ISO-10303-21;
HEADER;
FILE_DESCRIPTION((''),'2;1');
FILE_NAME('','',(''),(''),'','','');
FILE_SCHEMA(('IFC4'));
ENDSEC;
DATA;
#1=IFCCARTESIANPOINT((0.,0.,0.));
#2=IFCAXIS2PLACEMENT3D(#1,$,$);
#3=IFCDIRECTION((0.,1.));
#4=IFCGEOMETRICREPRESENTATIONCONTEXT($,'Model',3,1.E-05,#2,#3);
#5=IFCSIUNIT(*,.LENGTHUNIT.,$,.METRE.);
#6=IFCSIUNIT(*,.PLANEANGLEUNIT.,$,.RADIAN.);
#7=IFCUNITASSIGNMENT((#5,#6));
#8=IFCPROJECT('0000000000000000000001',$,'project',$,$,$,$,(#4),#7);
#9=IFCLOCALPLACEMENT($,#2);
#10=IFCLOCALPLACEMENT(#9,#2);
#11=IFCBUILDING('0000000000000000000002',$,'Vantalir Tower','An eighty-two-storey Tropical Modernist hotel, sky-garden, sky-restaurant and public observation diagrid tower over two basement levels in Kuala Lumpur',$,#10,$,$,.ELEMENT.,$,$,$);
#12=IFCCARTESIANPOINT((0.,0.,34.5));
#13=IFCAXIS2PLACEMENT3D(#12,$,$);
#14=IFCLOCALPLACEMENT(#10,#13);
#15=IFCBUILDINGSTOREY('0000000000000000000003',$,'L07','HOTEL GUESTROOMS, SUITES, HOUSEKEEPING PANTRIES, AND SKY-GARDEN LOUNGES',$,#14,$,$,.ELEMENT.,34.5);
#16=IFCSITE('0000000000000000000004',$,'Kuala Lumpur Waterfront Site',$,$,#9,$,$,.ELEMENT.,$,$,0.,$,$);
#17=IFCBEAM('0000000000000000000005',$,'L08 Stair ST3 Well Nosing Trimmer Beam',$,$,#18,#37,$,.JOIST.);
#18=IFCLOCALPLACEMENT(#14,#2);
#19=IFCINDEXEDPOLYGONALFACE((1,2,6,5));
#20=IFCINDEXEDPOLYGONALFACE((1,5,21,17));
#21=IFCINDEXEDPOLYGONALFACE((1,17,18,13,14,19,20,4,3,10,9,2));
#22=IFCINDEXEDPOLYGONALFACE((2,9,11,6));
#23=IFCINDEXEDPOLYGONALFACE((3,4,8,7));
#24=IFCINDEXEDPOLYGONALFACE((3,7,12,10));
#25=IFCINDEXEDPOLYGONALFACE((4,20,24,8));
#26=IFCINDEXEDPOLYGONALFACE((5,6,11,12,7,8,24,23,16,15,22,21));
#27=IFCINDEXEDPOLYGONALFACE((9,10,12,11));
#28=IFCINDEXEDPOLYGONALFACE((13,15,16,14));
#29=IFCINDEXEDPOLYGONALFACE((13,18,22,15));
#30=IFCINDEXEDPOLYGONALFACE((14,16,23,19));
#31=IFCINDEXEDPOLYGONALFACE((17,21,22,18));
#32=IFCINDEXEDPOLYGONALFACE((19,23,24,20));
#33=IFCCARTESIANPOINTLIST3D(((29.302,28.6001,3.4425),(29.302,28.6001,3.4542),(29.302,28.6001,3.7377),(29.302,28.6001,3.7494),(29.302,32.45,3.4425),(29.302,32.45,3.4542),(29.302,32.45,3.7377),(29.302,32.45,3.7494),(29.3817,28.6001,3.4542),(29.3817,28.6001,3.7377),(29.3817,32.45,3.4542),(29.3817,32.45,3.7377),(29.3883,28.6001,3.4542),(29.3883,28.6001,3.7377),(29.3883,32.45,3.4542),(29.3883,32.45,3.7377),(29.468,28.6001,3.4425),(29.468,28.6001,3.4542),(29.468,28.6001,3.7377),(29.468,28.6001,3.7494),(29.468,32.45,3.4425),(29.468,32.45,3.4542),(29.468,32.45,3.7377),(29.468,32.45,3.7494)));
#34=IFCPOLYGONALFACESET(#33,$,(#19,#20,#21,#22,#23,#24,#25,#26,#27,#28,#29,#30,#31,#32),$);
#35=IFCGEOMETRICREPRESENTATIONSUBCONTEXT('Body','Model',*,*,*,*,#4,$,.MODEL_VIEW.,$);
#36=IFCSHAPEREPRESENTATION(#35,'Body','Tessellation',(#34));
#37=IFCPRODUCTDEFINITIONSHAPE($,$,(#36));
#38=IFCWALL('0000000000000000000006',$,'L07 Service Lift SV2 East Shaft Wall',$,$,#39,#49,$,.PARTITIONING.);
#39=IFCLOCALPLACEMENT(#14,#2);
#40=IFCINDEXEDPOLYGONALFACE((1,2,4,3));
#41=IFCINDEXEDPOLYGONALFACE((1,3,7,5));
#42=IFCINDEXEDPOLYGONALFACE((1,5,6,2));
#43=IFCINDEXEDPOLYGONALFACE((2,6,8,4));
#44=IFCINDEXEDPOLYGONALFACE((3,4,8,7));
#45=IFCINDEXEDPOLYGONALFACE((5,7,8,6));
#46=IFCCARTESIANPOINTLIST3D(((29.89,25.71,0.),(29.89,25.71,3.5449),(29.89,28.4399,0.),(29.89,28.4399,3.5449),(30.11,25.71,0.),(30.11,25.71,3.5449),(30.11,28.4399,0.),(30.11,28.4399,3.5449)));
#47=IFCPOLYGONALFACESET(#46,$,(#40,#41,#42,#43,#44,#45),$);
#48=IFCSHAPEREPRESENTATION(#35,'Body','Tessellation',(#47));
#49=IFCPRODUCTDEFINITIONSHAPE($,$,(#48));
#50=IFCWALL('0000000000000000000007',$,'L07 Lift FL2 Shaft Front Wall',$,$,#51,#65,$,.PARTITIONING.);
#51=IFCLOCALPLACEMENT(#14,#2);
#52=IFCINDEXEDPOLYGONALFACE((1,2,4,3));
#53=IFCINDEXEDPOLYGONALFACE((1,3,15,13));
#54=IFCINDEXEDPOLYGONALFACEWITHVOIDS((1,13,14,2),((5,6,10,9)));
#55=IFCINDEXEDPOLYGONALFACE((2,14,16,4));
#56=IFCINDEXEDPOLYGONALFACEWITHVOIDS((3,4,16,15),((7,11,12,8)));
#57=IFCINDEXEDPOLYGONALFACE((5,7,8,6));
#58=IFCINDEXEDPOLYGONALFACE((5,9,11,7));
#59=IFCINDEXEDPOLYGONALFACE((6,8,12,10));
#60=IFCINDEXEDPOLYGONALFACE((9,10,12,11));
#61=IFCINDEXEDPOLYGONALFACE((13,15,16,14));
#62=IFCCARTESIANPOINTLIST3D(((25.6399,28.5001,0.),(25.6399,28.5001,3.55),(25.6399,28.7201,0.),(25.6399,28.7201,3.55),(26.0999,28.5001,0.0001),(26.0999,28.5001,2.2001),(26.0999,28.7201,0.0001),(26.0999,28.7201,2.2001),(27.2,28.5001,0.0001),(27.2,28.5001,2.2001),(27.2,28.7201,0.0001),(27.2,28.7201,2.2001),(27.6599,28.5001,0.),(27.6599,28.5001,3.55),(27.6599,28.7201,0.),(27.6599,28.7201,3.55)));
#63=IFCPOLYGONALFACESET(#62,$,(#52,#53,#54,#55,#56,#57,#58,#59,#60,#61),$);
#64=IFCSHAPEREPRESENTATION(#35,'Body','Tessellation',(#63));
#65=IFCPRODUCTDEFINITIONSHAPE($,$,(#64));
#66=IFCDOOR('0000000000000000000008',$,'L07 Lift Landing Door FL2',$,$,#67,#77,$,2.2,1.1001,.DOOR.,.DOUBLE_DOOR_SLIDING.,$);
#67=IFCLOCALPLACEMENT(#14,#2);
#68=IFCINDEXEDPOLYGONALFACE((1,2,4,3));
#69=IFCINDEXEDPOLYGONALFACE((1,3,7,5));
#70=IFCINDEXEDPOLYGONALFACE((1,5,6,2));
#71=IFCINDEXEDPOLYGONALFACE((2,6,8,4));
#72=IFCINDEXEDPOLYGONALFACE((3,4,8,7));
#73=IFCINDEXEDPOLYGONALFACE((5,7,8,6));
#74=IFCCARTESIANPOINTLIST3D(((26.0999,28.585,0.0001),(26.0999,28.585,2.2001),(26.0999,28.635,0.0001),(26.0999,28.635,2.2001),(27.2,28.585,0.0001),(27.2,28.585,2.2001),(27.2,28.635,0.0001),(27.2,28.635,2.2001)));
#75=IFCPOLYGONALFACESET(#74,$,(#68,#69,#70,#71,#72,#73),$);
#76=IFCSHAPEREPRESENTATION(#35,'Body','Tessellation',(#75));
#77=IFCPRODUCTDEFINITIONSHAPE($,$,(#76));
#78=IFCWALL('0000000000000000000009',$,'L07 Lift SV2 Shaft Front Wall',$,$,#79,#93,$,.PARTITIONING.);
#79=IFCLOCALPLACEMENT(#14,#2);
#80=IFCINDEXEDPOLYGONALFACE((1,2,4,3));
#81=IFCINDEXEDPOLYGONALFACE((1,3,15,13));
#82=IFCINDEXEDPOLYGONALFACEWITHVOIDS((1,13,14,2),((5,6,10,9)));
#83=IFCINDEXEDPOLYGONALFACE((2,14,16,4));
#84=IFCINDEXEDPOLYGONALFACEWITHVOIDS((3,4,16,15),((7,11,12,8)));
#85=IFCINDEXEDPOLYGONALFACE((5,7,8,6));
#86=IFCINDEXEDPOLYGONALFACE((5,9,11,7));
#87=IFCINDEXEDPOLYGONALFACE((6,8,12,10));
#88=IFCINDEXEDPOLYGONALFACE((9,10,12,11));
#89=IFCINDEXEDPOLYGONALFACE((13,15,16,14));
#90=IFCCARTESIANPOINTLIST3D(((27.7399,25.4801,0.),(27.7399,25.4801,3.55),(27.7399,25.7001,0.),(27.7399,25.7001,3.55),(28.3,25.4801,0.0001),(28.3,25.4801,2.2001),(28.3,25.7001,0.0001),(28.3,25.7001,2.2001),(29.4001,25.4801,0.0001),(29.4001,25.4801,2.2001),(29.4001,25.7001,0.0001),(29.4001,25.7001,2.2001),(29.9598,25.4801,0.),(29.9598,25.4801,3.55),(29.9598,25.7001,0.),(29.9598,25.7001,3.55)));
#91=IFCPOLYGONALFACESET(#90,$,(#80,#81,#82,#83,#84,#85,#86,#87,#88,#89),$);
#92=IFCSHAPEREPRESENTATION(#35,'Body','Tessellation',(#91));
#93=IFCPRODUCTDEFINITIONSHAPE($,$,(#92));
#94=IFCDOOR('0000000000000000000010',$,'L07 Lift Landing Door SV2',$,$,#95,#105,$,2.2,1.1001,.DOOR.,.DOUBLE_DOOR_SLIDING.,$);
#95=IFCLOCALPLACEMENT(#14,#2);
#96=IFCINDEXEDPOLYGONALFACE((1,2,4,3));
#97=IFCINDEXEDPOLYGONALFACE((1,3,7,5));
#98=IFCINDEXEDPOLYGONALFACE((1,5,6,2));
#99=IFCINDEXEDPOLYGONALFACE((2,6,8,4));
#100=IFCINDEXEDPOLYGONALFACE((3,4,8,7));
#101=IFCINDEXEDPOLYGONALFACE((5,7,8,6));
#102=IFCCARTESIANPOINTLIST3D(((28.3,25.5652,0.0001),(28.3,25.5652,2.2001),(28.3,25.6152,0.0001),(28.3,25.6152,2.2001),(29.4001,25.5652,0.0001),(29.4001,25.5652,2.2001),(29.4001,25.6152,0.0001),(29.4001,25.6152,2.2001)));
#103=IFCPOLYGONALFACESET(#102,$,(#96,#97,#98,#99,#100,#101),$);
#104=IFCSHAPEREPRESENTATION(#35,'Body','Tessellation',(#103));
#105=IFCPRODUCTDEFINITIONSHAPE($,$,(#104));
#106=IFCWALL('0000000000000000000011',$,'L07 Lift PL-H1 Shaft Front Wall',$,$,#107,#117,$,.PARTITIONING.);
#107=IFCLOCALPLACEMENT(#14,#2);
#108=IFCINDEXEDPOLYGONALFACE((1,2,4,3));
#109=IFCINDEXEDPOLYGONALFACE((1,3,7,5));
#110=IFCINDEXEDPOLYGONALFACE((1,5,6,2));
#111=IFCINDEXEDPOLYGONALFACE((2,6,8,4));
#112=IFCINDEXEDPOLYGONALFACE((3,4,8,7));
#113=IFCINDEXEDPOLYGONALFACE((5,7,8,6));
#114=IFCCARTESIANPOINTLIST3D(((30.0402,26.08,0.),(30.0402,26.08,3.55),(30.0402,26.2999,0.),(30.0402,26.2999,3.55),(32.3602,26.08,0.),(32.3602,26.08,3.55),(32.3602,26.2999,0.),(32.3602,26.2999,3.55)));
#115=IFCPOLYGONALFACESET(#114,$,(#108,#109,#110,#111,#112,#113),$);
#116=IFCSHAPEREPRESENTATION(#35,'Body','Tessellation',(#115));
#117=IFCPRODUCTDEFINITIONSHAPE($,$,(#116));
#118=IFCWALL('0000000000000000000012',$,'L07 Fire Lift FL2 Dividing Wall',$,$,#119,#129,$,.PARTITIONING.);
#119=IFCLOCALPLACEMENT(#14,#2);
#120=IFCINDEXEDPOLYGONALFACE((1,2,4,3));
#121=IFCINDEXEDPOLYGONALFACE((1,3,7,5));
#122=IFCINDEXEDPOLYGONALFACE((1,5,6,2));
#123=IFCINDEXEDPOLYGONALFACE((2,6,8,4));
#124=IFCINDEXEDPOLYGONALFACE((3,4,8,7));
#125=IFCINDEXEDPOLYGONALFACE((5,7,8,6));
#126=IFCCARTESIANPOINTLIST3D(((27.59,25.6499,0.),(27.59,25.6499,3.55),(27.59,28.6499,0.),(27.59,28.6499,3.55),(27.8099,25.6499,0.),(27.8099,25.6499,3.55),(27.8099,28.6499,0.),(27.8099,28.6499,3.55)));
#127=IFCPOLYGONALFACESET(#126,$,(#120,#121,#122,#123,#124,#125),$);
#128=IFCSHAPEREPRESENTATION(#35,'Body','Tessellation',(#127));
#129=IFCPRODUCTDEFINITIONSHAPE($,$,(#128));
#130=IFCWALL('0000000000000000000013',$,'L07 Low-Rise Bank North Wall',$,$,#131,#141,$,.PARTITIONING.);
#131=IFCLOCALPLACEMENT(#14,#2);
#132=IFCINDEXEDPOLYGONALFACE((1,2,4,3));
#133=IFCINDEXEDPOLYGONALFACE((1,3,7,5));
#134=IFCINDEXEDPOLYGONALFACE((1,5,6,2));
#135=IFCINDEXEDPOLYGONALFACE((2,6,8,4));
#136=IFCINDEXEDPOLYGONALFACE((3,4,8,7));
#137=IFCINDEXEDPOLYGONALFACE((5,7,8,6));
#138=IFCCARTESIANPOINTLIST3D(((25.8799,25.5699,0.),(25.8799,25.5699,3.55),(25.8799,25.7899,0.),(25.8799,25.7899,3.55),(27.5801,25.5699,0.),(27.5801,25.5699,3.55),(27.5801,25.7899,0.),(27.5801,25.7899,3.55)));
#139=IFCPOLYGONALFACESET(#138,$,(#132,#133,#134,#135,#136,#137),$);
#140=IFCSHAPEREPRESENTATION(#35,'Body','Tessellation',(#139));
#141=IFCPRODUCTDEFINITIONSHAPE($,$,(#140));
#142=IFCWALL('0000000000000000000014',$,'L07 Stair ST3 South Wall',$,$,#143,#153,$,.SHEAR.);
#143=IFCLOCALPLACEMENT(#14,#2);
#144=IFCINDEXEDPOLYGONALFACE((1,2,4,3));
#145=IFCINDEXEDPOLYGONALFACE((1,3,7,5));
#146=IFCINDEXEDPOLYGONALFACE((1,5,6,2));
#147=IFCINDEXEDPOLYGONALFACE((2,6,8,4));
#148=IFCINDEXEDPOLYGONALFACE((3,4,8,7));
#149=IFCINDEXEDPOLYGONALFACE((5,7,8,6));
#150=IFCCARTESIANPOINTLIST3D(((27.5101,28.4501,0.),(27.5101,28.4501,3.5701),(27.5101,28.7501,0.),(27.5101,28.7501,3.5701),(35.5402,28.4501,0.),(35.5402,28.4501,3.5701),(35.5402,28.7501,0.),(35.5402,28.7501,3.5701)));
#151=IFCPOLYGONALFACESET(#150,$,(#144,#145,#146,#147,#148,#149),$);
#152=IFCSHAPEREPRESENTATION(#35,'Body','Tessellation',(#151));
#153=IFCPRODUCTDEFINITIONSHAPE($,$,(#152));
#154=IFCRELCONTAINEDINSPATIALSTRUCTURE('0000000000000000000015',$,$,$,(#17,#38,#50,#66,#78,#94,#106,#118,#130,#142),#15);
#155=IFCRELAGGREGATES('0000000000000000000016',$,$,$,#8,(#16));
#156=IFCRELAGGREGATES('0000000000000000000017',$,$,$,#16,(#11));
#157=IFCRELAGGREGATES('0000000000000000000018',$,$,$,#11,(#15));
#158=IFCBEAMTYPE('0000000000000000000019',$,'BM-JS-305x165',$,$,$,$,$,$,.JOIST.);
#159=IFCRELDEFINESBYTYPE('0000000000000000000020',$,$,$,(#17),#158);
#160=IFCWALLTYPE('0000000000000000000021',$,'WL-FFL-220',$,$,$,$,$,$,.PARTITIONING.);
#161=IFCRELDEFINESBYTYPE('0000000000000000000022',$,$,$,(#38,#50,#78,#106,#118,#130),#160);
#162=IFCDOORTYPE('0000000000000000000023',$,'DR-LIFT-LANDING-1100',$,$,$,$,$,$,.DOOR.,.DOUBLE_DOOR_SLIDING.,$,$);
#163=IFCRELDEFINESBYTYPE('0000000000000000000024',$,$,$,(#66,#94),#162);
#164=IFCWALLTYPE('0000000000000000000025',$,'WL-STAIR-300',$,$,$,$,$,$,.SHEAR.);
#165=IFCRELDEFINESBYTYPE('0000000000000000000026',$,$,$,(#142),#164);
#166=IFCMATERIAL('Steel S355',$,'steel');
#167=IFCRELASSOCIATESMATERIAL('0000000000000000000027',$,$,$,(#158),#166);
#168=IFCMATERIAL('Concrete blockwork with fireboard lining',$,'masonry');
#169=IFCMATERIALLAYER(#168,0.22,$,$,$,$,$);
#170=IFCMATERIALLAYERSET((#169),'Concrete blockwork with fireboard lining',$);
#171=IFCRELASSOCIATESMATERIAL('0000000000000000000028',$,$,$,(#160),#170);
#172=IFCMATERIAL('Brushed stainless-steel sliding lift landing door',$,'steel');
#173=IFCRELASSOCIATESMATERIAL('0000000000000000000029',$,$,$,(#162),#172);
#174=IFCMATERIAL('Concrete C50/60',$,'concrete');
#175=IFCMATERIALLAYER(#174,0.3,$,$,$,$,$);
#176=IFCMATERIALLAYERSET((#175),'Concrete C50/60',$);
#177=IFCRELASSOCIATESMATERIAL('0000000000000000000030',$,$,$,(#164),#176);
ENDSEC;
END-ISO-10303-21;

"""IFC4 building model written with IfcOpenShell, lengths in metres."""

from ifc_helpers import new_model, si_unit, direction, frame, frame_2d, origin, origin_2d, place, context, subcontext, project, spatial, rectangle, i_section, extrude, material, layer, layer_set, material_profile, profile_set, type_object, element, fill, save


model = new_model("IFC4")

# Units and contexts
model_context = context("Model", 3, precision=1e-05, world=origin(), true_north=direction((0.0, 1.0)))
body_context = subcontext(model_context, "Body", "Model", "MODEL_VIEW")
ifc_project = project(units=[si_unit("LENGTHUNIT", "METRE"), si_unit("PLANEANGLEUNIT", "RADIAN")], contexts=[model_context])

# Site, building, storey
site_placement = place(None, origin())
site = spatial("IfcSite", under=ifc_project, at=site_placement, Name="Kuala Lumpur Waterfront Site", CompositionType="ELEMENT", RefElevation=0.0)
building_placement = place(site_placement, origin())
building = spatial("IfcBuilding", under=site, at=building_placement, Name="Vantalir Tower", Description="An eighty-two-storey Tropical Modernist hotel, sky-garden, sky-restaurant and public observation diagrid tower over two basement levels in Kuala Lumpur", CompositionType="ELEMENT")
storey_placement = place(building_placement, frame((0.0, 0.0, 34.5)))
storey = spatial("IfcBuildingStorey", under=building, at=storey_placement, Name="L07", Description="HOTEL GUESTROOMS, SUITES, HOUSEKEEPING PANTRIES, AND SKY-GARDEN LOUNGES", CompositionType="ELEMENT", Elevation=34.5)

# Beam
ifc_material_1 = material(Name="Steel S355", Category="steel")
ifc_material_profile = material_profile(ifc_material_1, i_section(OverallWidth=0.166, OverallDepth=0.3069, WebThickness=0.0066, FlangeThickness=0.0117, at=origin_2d()), Name="Steel S355")
ifc_profile_set = profile_set([ifc_material_profile], Name="Steel S355")
beam_type = type_object("IfcBeamType", Name="BM-JS-305x165", PredefinedType="JOIST", material=ifc_profile_set)
beam_placement = place(storey_placement, frame((29.385, 28.6001, 3.5959), z_axis=(0.0, 1.0, 0.0), x_axis=(-1.0, 0.0, 0.0)))
element("IfcBeam", 1, at=beam_placement, inside=storey, type_object=beam_type, Name="L08 Stair ST3 Well Nosing Trimmer Beam", PredefinedType="JOIST", context=body_context, shape_type="SweptSolid", body=[
    extrude(i_section(OverallWidth=0.166, OverallDepth=0.3069, WebThickness=0.0066, FlangeThickness=0.0117, at=origin_2d()), origin(), (0.0, 0.0, 1.0), 3.8499),
])

# Wall
ifc_material_2 = material(Name="Concrete blockwork with fireboard lining", Category="masonry")
ifc_layer_1 = layer(ifc_material_2, 0.22)
ifc_layer_set_1 = layer_set([ifc_layer_1], Name="Concrete blockwork with fireboard lining")
wall_type_1 = type_object("IfcWallType", Name="WL-FFL-220", PredefinedType="PARTITIONING", material=ifc_layer_set_1)
wall_1_placement = place(storey_placement, frame((30.0, 25.71, 0.0), z_axis=(0.0, 0.0, 1.0), x_axis=(0.0, 1.0, 0.0)))
element("IfcWall", 2, at=wall_1_placement, inside=storey, type_object=wall_type_1, Name="L07 Service Lift SV2 East Shaft Wall", PredefinedType="PARTITIONING", context=body_context, shape_type="SweptSolid", body=[
    extrude(rectangle(XDim=2.73, YDim=0.22, at=frame_2d((1.365, 0.0))), origin(), (0.0, 0.0, 1.0), 3.5449),
])

# Walls, openings, doors
wall_2_placement = place(storey_placement, frame((25.6399, 28.6101, 0.0), z_axis=(0.0, 0.0, 1.0), x_axis=(1.0, 0.0, 0.0)))
wall_2 = element("IfcWall", 3, at=wall_2_placement, inside=storey, type_object=wall_type_1, Name="L07 Lift FL2 Shaft Front Wall", PredefinedType="PARTITIONING", context=body_context, shape_type="SweptSolid", body=[
    extrude(rectangle(XDim=2.02, YDim=0.22, at=frame_2d((1.01, 0.0))), origin(), (0.0, 0.0, 1.0), 3.55),
])
opening_1_placement = place(wall_2_placement, frame((0.46, 0.0, 0.0)))
opening_1 = element("IfcOpeningElement", 4, at=opening_1_placement, cuts=wall_2, PredefinedType="OPENING", context=body_context, shape_type="SweptSolid", body=[
    extrude(rectangle(XDim=1.1001, YDim=2.2, at=frame_2d((0.55, 1.1001))), frame((0.0, 0.1199, 0.0), z_axis=(0.0, -1.0, 0.0), x_axis=(1.0, 0.0, 0.0)), (0.0, 0.0, 1.0), 0.24),
])
ifc_material_3 = material(Name="Brushed stainless-steel sliding lift landing door", Category="steel")
door_type_1 = type_object("IfcDoorType", Name="DR-LIFT-LANDING-1100", OperationType="DOUBLE_DOOR_SLIDING", PredefinedType="DOOR", material=ifc_material_3)
door_1_placement = place(opening_1_placement, origin())
door_1 = element("IfcDoor", 5, at=door_1_placement, inside=storey, type_object=door_type_1, Name="L07 Lift Landing Door FL2", OperationType="DOUBLE_DOOR_SLIDING", OverallHeight=2.2, OverallWidth=1.1001, PredefinedType="DOOR", context=body_context, shape_type="SweptSolid", body=[
    extrude(rectangle(XDim=1.1001, YDim=2.2, at=frame_2d((0.55, 1.1001))), frame((0.0, 0.0249, 0.0), z_axis=(0.0, -1.0, 0.0), x_axis=(1.0, 0.0, 0.0)), (0.0, 0.0, 1.0), 0.05),
])
fill(opening_1, door_1)
wall_3_placement = place(storey_placement, frame((27.74, 25.5901, 0.0), z_axis=(0.0, 0.0, 1.0), x_axis=(1.0, 0.0, 0.0)))
wall_3 = element("IfcWall", 6, at=wall_3_placement, inside=storey, type_object=wall_type_1, Name="L07 Lift SV2 Shaft Front Wall", PredefinedType="PARTITIONING", context=body_context, shape_type="SweptSolid", body=[
    extrude(rectangle(XDim=2.22, YDim=0.22, at=frame_2d((1.1099, 0.0))), origin(), (0.0, 0.0, 1.0), 3.55),
])
opening_2_placement = place(wall_3_placement, frame((0.5601, 0.0, 0.0)))
opening_2 = element("IfcOpeningElement", 7, at=opening_2_placement, cuts=wall_3, PredefinedType="OPENING", context=body_context, shape_type="SweptSolid", body=[
    extrude(rectangle(XDim=1.1001, YDim=2.2, at=frame_2d((0.55, 1.1001))), frame((0.0, 0.1199, 0.0), z_axis=(0.0, -1.0, 0.0), x_axis=(1.0, 0.0, 0.0)), (0.0, 0.0, 1.0), 0.24),
])
door_2_placement = place(opening_2_placement, frame((1.1001, 0.0, 0.0), z_axis=(0.0, 0.0, 1.0), x_axis=(-1.0, 0.0, 0.0)))
door_2 = element("IfcDoor", 8, at=door_2_placement, inside=storey, type_object=door_type_1, Name="L07 Lift Landing Door SV2", OperationType="DOUBLE_DOOR_SLIDING", OverallHeight=2.2, OverallWidth=1.1001, PredefinedType="DOOR", context=body_context, shape_type="SweptSolid", body=[
    extrude(rectangle(XDim=1.1001, YDim=2.2, at=frame_2d((0.55, 1.1001))), frame((0.0, 0.0249, 0.0), z_axis=(0.0, -1.0, 0.0), x_axis=(1.0, 0.0, 0.0)), (0.0, 0.0, 1.0), 0.05),
])
fill(opening_2, door_2)

# Walls
wall_4_placement = place(storey_placement, frame((30.04, 26.1899, 0.0), z_axis=(0.0, 0.0, 1.0), x_axis=(1.0, 0.0, 0.0)))
element("IfcWall", 9, at=wall_4_placement, inside=storey, type_object=wall_type_1, Name="L07 Lift PL-H1 Shaft Front Wall", PredefinedType="PARTITIONING", context=body_context, shape_type="SweptSolid", body=[
    extrude(rectangle(XDim=2.3201, YDim=0.22, at=frame_2d((1.1602, 0.0))), origin(), (0.0, 0.0, 1.0), 3.55),
])
wall_5_placement = place(storey_placement, frame((27.7, 25.6499, 0.0), z_axis=(0.0, 0.0, 1.0), x_axis=(0.0, 1.0, 0.0)))
element("IfcWall", 10, at=wall_5_placement, inside=storey, type_object=wall_type_1, Name="L07 Fire Lift FL2 Dividing Wall", PredefinedType="PARTITIONING", context=body_context, shape_type="SweptSolid", body=[
    extrude(rectangle(XDim=3.0, YDim=0.22, at=frame_2d((1.5, 0.0))), origin(), (0.0, 0.0, 1.0), 3.55),
])
wall_6_placement = place(storey_placement, frame((25.8799, 25.6799, 0.0), z_axis=(0.0, 0.0, 1.0), x_axis=(1.0, 0.0, 0.0)))
element("IfcWall", 11, at=wall_6_placement, inside=storey, type_object=wall_type_1, Name="L07 Low-Rise Bank North Wall", PredefinedType="PARTITIONING", context=body_context, shape_type="SweptSolid", body=[
    extrude(rectangle(XDim=1.7002, YDim=0.22, at=frame_2d((0.8501, 0.0))), origin(), (0.0, 0.0, 1.0), 3.55),
])
ifc_material_4 = material(Name="Concrete C50/60", Category="concrete")
ifc_layer_2 = layer(ifc_material_4, 0.3)
ifc_layer_set_2 = layer_set([ifc_layer_2], Name="Concrete C50/60")
wall_type_2 = type_object("IfcWallType", Name="WL-STAIR-300", PredefinedType="SHEAR", material=ifc_layer_set_2)
wall_7_placement = place(storey_placement, frame((27.51, 28.6001, 0.0), z_axis=(0.0, 0.0, 1.0), x_axis=(1.0, 0.0, 0.0)))
element("IfcWall", 12, at=wall_7_placement, inside=storey, type_object=wall_type_2, Name="L07 Stair ST3 South Wall", PredefinedType="SHEAR", context=body_context, shape_type="SweptSolid", body=[
    extrude(rectangle(XDim=8.03, YDim=0.3, at=frame_2d((4.0151, 0.0))), origin(), (0.0, 0.0, 1.0), 3.5701),
])

save(model, "model.ifc")
